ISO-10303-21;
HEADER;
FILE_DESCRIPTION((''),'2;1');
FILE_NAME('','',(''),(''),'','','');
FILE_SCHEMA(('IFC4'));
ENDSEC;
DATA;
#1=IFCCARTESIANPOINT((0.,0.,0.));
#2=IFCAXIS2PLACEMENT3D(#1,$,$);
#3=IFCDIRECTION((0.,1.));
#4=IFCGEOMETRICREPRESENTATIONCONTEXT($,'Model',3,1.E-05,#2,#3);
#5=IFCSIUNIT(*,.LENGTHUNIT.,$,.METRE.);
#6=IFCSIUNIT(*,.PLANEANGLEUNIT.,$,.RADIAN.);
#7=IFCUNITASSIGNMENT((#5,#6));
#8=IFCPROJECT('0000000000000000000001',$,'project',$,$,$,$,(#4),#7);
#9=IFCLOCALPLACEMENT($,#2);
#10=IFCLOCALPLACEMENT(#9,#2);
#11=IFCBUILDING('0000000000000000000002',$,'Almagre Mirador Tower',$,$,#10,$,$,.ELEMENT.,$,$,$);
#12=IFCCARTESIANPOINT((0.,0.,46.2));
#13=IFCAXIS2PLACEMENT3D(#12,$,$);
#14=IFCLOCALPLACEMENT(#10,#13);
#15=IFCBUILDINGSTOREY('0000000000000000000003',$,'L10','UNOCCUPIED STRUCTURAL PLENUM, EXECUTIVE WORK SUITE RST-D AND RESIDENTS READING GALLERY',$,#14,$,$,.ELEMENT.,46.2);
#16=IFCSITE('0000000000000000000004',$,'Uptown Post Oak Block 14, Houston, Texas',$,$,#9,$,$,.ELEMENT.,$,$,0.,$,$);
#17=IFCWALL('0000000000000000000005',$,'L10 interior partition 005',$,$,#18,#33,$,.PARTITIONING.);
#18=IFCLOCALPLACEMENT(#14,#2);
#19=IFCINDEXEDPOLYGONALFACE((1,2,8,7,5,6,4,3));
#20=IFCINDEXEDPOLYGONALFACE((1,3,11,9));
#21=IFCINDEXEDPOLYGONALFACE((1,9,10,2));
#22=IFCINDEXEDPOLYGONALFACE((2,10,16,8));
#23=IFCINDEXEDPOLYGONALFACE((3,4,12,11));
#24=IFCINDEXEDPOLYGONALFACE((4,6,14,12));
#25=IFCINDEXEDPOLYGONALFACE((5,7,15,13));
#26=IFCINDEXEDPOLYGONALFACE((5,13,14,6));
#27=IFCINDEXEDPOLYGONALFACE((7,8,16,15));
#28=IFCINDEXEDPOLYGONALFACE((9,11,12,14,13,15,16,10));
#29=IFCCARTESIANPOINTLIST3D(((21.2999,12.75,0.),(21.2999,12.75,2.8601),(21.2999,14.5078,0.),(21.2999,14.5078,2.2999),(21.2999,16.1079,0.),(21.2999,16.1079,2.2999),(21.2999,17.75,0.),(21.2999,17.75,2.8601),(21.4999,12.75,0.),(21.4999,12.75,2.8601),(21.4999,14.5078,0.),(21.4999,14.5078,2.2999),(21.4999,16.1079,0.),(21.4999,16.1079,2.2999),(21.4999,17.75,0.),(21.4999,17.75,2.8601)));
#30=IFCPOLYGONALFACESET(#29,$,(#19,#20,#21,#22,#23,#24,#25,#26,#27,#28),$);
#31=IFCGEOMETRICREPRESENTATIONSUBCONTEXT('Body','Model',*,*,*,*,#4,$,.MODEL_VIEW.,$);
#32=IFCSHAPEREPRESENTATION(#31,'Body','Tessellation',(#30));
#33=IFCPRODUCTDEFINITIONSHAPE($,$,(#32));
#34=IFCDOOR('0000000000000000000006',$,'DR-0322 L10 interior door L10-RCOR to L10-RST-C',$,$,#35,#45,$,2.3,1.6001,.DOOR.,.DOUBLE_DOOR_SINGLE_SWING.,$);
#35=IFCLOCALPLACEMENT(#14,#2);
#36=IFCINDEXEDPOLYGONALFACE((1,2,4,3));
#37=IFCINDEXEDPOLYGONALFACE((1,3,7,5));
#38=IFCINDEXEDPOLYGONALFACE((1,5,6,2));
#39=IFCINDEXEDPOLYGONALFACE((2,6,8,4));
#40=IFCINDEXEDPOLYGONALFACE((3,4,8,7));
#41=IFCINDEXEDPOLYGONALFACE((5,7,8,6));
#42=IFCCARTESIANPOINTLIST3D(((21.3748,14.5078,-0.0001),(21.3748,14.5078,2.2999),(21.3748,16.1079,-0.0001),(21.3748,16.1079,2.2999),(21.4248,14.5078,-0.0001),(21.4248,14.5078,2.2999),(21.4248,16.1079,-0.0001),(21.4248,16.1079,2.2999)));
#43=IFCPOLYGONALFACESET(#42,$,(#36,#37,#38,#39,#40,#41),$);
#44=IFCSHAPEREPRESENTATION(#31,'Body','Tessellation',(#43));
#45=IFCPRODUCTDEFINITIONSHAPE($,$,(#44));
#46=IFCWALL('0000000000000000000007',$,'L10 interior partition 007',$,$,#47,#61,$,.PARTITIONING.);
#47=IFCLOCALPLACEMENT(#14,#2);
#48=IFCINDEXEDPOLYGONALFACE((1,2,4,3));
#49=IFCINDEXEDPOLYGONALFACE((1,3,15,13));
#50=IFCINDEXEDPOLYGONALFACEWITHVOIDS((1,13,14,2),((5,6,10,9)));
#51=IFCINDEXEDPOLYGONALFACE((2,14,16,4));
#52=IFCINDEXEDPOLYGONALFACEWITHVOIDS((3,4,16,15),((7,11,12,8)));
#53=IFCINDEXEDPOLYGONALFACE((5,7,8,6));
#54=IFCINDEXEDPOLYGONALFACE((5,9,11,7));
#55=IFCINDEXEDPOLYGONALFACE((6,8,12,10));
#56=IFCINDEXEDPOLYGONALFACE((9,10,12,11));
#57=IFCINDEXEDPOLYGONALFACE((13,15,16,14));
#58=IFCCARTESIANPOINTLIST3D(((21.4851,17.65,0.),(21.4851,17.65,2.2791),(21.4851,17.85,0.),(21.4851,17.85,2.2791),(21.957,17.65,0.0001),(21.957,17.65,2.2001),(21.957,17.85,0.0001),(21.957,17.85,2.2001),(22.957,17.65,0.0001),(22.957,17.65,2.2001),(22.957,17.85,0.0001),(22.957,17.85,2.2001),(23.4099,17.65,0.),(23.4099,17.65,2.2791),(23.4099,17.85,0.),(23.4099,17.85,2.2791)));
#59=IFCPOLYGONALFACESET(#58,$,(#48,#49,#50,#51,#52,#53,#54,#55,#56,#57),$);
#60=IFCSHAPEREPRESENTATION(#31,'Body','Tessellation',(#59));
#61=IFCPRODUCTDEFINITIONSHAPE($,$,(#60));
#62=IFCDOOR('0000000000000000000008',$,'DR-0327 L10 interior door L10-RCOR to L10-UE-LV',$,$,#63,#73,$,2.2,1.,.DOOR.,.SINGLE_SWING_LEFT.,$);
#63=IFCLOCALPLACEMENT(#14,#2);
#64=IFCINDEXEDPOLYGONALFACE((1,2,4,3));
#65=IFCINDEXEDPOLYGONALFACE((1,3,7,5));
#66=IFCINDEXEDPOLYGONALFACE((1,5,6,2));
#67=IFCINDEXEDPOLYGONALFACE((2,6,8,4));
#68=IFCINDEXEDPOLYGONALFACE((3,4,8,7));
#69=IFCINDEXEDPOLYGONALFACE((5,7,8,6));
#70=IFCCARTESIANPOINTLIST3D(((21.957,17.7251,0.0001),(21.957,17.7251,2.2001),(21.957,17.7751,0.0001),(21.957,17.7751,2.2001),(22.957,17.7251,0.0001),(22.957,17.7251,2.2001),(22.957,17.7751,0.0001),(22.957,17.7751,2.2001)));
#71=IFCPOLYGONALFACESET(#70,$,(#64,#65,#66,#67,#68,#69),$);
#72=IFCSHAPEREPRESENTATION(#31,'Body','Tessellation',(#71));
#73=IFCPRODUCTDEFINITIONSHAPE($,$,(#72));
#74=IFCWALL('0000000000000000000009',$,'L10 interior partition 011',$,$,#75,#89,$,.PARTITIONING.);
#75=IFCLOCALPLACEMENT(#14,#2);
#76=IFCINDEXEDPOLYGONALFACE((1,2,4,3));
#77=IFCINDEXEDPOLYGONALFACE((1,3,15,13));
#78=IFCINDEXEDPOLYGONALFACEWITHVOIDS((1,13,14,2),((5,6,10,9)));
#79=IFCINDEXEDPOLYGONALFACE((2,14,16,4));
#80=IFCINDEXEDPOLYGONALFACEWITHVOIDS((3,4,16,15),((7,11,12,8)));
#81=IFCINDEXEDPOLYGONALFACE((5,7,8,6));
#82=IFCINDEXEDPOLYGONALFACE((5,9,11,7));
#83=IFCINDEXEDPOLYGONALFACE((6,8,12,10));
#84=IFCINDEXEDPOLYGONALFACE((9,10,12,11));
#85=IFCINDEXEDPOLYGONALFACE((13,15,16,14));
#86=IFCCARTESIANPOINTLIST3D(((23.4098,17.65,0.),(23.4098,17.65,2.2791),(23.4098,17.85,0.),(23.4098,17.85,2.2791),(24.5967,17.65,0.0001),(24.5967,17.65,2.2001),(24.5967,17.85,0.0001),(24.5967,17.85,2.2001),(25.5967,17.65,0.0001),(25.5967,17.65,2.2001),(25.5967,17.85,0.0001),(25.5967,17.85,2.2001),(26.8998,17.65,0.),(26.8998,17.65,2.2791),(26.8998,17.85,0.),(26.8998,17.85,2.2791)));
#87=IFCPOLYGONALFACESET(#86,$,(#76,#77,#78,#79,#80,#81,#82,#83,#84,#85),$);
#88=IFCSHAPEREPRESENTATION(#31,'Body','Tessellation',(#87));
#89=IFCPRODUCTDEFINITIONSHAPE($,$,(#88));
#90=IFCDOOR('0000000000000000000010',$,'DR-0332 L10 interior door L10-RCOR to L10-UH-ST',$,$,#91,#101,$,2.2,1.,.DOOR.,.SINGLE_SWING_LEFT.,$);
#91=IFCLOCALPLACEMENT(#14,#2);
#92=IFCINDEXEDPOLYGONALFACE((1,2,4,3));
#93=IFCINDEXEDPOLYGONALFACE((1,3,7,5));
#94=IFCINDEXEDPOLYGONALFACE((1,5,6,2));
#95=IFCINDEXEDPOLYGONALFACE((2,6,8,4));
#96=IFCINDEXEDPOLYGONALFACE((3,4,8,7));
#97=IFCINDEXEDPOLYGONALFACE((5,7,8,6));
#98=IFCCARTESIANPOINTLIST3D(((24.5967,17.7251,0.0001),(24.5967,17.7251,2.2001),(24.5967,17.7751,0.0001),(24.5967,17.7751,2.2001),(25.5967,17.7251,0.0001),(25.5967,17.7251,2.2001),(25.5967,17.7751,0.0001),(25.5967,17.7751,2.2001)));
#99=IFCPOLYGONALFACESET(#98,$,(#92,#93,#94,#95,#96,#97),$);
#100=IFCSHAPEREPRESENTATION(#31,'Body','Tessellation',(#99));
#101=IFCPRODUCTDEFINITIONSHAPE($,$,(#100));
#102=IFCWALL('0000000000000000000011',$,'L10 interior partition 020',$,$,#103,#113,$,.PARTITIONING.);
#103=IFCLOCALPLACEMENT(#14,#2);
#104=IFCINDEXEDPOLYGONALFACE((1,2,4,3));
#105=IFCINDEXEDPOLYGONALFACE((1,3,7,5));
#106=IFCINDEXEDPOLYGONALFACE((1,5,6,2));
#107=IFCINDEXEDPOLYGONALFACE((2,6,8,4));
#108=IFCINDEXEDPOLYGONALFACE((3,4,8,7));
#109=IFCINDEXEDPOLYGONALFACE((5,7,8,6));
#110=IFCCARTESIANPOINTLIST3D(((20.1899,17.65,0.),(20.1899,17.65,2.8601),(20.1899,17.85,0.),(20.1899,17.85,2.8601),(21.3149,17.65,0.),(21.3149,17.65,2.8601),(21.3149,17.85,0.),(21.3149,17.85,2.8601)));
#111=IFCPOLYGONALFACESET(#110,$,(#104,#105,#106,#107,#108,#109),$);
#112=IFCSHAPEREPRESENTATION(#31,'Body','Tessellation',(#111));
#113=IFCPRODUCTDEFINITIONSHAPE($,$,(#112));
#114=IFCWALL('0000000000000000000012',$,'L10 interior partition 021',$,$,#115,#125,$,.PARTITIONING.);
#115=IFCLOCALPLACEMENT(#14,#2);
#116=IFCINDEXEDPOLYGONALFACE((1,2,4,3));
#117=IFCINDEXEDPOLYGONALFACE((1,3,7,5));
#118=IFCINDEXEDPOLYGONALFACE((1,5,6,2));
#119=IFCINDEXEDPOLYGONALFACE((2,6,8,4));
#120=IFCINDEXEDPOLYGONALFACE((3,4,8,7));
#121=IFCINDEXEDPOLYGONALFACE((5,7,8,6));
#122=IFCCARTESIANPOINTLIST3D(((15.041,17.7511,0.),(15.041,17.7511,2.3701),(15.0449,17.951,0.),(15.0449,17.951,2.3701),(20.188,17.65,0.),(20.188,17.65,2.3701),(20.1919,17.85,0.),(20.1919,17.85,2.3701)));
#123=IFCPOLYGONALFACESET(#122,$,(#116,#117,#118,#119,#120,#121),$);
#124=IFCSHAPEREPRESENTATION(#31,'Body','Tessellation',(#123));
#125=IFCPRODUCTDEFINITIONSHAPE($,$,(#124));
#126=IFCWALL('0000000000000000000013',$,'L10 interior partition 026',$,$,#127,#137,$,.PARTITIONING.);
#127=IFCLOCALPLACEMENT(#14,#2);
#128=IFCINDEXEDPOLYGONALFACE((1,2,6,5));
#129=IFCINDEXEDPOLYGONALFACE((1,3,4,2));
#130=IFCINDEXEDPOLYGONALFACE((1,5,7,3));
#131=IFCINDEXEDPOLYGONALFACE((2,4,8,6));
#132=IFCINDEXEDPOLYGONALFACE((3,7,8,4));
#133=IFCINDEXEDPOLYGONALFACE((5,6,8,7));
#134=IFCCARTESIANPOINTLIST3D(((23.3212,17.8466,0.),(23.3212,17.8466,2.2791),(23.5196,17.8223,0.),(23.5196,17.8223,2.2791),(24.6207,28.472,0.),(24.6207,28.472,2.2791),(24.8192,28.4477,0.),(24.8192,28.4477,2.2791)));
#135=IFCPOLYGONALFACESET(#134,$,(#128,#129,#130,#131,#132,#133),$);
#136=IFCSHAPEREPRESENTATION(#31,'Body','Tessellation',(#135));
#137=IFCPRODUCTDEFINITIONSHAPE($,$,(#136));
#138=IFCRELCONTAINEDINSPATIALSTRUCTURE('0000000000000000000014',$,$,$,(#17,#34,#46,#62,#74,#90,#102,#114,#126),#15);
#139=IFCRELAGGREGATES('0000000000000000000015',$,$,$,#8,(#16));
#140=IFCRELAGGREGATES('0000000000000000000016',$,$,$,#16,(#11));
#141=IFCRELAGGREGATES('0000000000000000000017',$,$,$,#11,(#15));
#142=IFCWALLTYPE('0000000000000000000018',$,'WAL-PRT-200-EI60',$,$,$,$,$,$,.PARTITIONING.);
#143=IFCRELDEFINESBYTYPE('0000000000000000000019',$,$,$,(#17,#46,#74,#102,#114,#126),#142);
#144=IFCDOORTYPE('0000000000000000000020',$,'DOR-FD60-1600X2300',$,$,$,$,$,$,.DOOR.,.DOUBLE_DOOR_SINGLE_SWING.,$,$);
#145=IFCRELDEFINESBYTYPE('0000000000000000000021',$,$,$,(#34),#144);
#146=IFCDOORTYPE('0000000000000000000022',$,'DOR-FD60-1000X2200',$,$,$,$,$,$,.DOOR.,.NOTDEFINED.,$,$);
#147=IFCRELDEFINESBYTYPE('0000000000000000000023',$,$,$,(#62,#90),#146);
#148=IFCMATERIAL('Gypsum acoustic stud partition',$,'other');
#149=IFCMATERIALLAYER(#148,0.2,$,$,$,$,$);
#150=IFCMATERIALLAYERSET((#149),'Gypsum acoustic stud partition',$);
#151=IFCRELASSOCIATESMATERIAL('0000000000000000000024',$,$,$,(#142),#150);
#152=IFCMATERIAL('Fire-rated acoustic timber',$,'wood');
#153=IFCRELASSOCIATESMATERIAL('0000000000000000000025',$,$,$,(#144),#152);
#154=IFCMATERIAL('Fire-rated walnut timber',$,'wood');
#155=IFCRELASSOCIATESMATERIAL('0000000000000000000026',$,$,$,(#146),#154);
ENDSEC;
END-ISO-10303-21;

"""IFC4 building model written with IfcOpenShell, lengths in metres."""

from ifc_helpers import new_model, si_unit, direction, frame, frame_2d, origin, place, context, subcontext, project, spatial, rectangle, extrude, material, layer, layer_set, type_object, element, fill, save


model = new_model("IFC4")

# Units and contexts
model_context = context("Model", 3, precision=1e-05, world=origin(), true_north=direction((0.0, 1.0)))
body_context = subcontext(model_context, "Body", "Model", "MODEL_VIEW")
ifc_project = project(units=[si_unit("LENGTHUNIT", "METRE"), si_unit("PLANEANGLEUNIT", "RADIAN")], contexts=[model_context])

# Site, building, storey
site_placement = place(None, origin())
site = spatial("IfcSite", under=ifc_project, at=site_placement, Name="Uptown Post Oak Block 14, Houston, Texas", CompositionType="ELEMENT", RefElevation=0.0)
building_placement = place(site_placement, origin())
building = spatial("IfcBuilding", under=site, at=building_placement, Name="Almagre Mirador Tower", CompositionType="ELEMENT")
storey_placement = place(building_placement, frame((0.0, 0.0, 46.2)))
storey = spatial("IfcBuildingStorey", under=building, at=storey_placement, Name="L10", Description="UNOCCUPIED STRUCTURAL PLENUM, EXECUTIVE WORK SUITE RST-D AND RESIDENTS READING GALLERY", CompositionType="ELEMENT", Elevation=46.2)

# Walls, openings, doors
ifc_material_1 = material(Name="Gypsum acoustic stud partition", Category="other")
ifc_layer_1 = layer(ifc_material_1, 0.2)
ifc_layer_set_1 = layer_set([ifc_layer_1], Name="Gypsum acoustic stud partition")
wall_type_1 = type_object("IfcWallType", Name="WAL-PRT-200-EI60", PredefinedType="PARTITIONING", material=ifc_layer_set_1)
wall_1_placement = place(storey_placement, frame((21.3999, 17.75, 0.0), z_axis=(0.0, 0.0, 1.0), x_axis=(0.0, -1.0, 0.0)))
wall_1 = element("IfcWall", 1, at=wall_1_placement, inside=storey, type_object=wall_type_1, Name="L10 interior partition 005", PredefinedType="PARTITIONING", context=body_context, shape_type="SweptSolid", body=[
    extrude(rectangle(XDim=5.0, YDim=0.2, at=frame_2d((2.5, 0.0))), origin(), (0.0, 0.0, 1.0), 2.8601),
])
opening_1_placement = place(wall_1_placement, frame((1.6421, 0.0, 0.0)))
opening_1 = element("IfcOpeningElement", 2, at=opening_1_placement, cuts=wall_1, PredefinedType="OPENING", context=body_context, shape_type="SweptSolid", body=[
    extrude(rectangle(XDim=1.6001, YDim=2.3, at=frame_2d((0.8, 1.1499))), frame((0.0, 0.1101, 0.0), z_axis=(0.0, -1.0, 0.0), x_axis=(1.0, 0.0, 0.0)), (0.0, 0.0, 1.0), 0.22),
])
ifc_material_2 = material(Name="Fire-rated acoustic timber", Category="wood")
door_type_1 = type_object("IfcDoorType", Name="DOR-FD60-1600X2300", OperationType="DOUBLE_DOOR_SINGLE_SWING", PredefinedType="DOOR", material=ifc_material_2)
door_1_placement = place(opening_1_placement, origin())
door_1 = element("IfcDoor", 3, at=door_1_placement, inside=storey, type_object=door_type_1, Name="DR-0322 L10 interior door L10-RCOR to L10-RST-C", OperationType="DOUBLE_DOOR_SINGLE_SWING", OverallHeight=2.3, OverallWidth=1.6001, PredefinedType="DOOR", context=body_context, shape_type="SweptSolid", body=[
    extrude(rectangle(XDim=1.6001, YDim=2.3, at=frame_2d((0.8, 1.1499))), frame((0.0, 0.0249, 0.0), z_axis=(0.0, -1.0, 0.0), x_axis=(1.0, 0.0, 0.0)), (0.0, 0.0, 1.0), 0.05),
])
fill(opening_1, door_1)
wall_2_placement = place(storey_placement, frame((23.4099, 17.75, 0.0), z_axis=(0.0, 0.0, 1.0), x_axis=(-1.0, 0.0, 0.0)))
wall_2 = element("IfcWall", 4, at=wall_2_placement, inside=storey, type_object=wall_type_1, Name="L10 interior partition 007", PredefinedType="PARTITIONING", context=body_context, shape_type="SweptSolid", body=[
    extrude(rectangle(XDim=1.9248, YDim=0.2, at=frame_2d((0.9624, 0.0))), origin(), (0.0, 0.0, 1.0), 2.2791),
])
opening_2_placement = place(wall_2_placement, frame((0.4529, 0.0, 0.0)))
opening_2 = element("IfcOpeningElement", 5, at=opening_2_placement, cuts=wall_2, PredefinedType="OPENING", context=body_context, shape_type="SweptSolid", body=[
    extrude(rectangle(XDim=1.0, YDim=2.2, at=frame_2d((0.5, 1.1001))), frame((0.0, 0.1101, 0.0), z_axis=(0.0, -1.0, 0.0), x_axis=(1.0, 0.0, 0.0)), (0.0, 0.0, 1.0), 0.22),
])
ifc_material_3 = material(Name="Fire-rated walnut timber", Category="wood")
door_type_2 = type_object("IfcDoorType", Name="DOR-FD60-1000X2200", OperationType="NOTDEFINED", PredefinedType="DOOR", material=ifc_material_3)
door_2_placement = place(opening_2_placement, origin())
door_2 = element("IfcDoor", 6, at=door_2_placement, inside=storey, type_object=door_type_2, Name="DR-0327 L10 interior door L10-RCOR to L10-UE-LV", OperationType="SINGLE_SWING_LEFT", OverallHeight=2.2, OverallWidth=1.0, PredefinedType="DOOR", context=body_context, shape_type="SweptSolid", body=[
    extrude(rectangle(XDim=1.0, YDim=2.2, at=frame_2d((0.5, 1.1001))), frame((0.0, 0.0249, 0.0), z_axis=(0.0, -1.0, 0.0), x_axis=(1.0, 0.0, 0.0)), (0.0, 0.0, 1.0), 0.05),
])
fill(opening_2, door_2)
wall_3_placement = place(storey_placement, frame((26.8999, 17.75, 0.0), z_axis=(0.0, 0.0, 1.0), x_axis=(-1.0, 0.0, 0.0)))
wall_3 = element("IfcWall", 7, at=wall_3_placement, inside=storey, type_object=wall_type_1, Name="L10 interior partition 011", PredefinedType="PARTITIONING", context=body_context, shape_type="SweptSolid", body=[
    extrude(rectangle(XDim=3.49, YDim=0.2, at=frame_2d((1.7451, 0.0))), origin(), (0.0, 0.0, 1.0), 2.2791),
])
opening_3_placement = place(wall_3_placement, frame((1.3032, 0.0, 0.0)))
opening_3 = element("IfcOpeningElement", 8, at=opening_3_placement, cuts=wall_3, PredefinedType="OPENING", context=body_context, shape_type="SweptSolid", body=[
    extrude(rectangle(XDim=1.0, YDim=2.2, at=frame_2d((0.5, 1.1001))), frame((0.0, 0.1101, 0.0), z_axis=(0.0, -1.0, 0.0), x_axis=(1.0, 0.0, 0.0)), (0.0, 0.0, 1.0), 0.22),
])
door_3_placement = place(opening_3_placement, origin())
door_3 = element("IfcDoor", 9, at=door_3_placement, inside=storey, type_object=door_type_2, Name="DR-0332 L10 interior door L10-RCOR to L10-UH-ST", OperationType="SINGLE_SWING_LEFT", OverallHeight=2.2, OverallWidth=1.0, PredefinedType="DOOR", context=body_context, shape_type="SweptSolid", body=[
    extrude(rectangle(XDim=1.0, YDim=2.2, at=frame_2d((0.5, 1.1001))), frame((0.0, 0.0249, 0.0), z_axis=(0.0, -1.0, 0.0), x_axis=(1.0, 0.0, 0.0)), (0.0, 0.0, 1.0), 0.05),
])
fill(opening_3, door_3)

# Walls
wall_4_placement = place(storey_placement, frame((21.3149, 17.75, 0.0), z_axis=(0.0, 0.0, 1.0), x_axis=(-1.0, 0.0, 0.0)))
element("IfcWall", 10, at=wall_4_placement, inside=storey, type_object=wall_type_1, Name="L10 interior partition 020", PredefinedType="PARTITIONING", context=body_context, shape_type="SweptSolid", body=[
    extrude(rectangle(XDim=1.125, YDim=0.2, at=frame_2d((0.5625, 0.0))), origin(), (0.0, 0.0, 1.0), 2.8601),
])
wall_5_placement = place(storey_placement, frame((20.1899, 17.75, 0.0), z_axis=(0.0, 0.0, 1.0), x_axis=(-0.999807, 0.019634, 0.0)))
element("IfcWall", 11, at=wall_5_placement, inside=storey, type_object=wall_type_1, Name="L10 interior partition 021", PredefinedType="PARTITIONING", context=body_context, shape_type="SweptSolid", body=[
    extrude(rectangle(XDim=5.1479, YDim=0.2, at=frame_2d((2.574, 0.0))), origin(), (0.0, 0.0, 1.0), 2.3701),
])
wall_6_placement = place(storey_placement, frame((23.4204, 17.8345, 0.0), z_axis=(0.0, 0.0, 1.0), x_axis=(0.121401, 0.992604, 0.0)))
element("IfcWall", 12, at=wall_6_placement, inside=storey, type_object=wall_type_1, Name="L10 interior partition 026", PredefinedType="PARTITIONING", context=body_context, shape_type="SweptSolid", body=[
    extrude(rectangle(XDim=10.7046, YDim=0.2, at=frame_2d((5.3523, 0.0))), origin(), (0.0, 0.0, 1.0), 2.2791),
])

save(model, "model.ifc")
